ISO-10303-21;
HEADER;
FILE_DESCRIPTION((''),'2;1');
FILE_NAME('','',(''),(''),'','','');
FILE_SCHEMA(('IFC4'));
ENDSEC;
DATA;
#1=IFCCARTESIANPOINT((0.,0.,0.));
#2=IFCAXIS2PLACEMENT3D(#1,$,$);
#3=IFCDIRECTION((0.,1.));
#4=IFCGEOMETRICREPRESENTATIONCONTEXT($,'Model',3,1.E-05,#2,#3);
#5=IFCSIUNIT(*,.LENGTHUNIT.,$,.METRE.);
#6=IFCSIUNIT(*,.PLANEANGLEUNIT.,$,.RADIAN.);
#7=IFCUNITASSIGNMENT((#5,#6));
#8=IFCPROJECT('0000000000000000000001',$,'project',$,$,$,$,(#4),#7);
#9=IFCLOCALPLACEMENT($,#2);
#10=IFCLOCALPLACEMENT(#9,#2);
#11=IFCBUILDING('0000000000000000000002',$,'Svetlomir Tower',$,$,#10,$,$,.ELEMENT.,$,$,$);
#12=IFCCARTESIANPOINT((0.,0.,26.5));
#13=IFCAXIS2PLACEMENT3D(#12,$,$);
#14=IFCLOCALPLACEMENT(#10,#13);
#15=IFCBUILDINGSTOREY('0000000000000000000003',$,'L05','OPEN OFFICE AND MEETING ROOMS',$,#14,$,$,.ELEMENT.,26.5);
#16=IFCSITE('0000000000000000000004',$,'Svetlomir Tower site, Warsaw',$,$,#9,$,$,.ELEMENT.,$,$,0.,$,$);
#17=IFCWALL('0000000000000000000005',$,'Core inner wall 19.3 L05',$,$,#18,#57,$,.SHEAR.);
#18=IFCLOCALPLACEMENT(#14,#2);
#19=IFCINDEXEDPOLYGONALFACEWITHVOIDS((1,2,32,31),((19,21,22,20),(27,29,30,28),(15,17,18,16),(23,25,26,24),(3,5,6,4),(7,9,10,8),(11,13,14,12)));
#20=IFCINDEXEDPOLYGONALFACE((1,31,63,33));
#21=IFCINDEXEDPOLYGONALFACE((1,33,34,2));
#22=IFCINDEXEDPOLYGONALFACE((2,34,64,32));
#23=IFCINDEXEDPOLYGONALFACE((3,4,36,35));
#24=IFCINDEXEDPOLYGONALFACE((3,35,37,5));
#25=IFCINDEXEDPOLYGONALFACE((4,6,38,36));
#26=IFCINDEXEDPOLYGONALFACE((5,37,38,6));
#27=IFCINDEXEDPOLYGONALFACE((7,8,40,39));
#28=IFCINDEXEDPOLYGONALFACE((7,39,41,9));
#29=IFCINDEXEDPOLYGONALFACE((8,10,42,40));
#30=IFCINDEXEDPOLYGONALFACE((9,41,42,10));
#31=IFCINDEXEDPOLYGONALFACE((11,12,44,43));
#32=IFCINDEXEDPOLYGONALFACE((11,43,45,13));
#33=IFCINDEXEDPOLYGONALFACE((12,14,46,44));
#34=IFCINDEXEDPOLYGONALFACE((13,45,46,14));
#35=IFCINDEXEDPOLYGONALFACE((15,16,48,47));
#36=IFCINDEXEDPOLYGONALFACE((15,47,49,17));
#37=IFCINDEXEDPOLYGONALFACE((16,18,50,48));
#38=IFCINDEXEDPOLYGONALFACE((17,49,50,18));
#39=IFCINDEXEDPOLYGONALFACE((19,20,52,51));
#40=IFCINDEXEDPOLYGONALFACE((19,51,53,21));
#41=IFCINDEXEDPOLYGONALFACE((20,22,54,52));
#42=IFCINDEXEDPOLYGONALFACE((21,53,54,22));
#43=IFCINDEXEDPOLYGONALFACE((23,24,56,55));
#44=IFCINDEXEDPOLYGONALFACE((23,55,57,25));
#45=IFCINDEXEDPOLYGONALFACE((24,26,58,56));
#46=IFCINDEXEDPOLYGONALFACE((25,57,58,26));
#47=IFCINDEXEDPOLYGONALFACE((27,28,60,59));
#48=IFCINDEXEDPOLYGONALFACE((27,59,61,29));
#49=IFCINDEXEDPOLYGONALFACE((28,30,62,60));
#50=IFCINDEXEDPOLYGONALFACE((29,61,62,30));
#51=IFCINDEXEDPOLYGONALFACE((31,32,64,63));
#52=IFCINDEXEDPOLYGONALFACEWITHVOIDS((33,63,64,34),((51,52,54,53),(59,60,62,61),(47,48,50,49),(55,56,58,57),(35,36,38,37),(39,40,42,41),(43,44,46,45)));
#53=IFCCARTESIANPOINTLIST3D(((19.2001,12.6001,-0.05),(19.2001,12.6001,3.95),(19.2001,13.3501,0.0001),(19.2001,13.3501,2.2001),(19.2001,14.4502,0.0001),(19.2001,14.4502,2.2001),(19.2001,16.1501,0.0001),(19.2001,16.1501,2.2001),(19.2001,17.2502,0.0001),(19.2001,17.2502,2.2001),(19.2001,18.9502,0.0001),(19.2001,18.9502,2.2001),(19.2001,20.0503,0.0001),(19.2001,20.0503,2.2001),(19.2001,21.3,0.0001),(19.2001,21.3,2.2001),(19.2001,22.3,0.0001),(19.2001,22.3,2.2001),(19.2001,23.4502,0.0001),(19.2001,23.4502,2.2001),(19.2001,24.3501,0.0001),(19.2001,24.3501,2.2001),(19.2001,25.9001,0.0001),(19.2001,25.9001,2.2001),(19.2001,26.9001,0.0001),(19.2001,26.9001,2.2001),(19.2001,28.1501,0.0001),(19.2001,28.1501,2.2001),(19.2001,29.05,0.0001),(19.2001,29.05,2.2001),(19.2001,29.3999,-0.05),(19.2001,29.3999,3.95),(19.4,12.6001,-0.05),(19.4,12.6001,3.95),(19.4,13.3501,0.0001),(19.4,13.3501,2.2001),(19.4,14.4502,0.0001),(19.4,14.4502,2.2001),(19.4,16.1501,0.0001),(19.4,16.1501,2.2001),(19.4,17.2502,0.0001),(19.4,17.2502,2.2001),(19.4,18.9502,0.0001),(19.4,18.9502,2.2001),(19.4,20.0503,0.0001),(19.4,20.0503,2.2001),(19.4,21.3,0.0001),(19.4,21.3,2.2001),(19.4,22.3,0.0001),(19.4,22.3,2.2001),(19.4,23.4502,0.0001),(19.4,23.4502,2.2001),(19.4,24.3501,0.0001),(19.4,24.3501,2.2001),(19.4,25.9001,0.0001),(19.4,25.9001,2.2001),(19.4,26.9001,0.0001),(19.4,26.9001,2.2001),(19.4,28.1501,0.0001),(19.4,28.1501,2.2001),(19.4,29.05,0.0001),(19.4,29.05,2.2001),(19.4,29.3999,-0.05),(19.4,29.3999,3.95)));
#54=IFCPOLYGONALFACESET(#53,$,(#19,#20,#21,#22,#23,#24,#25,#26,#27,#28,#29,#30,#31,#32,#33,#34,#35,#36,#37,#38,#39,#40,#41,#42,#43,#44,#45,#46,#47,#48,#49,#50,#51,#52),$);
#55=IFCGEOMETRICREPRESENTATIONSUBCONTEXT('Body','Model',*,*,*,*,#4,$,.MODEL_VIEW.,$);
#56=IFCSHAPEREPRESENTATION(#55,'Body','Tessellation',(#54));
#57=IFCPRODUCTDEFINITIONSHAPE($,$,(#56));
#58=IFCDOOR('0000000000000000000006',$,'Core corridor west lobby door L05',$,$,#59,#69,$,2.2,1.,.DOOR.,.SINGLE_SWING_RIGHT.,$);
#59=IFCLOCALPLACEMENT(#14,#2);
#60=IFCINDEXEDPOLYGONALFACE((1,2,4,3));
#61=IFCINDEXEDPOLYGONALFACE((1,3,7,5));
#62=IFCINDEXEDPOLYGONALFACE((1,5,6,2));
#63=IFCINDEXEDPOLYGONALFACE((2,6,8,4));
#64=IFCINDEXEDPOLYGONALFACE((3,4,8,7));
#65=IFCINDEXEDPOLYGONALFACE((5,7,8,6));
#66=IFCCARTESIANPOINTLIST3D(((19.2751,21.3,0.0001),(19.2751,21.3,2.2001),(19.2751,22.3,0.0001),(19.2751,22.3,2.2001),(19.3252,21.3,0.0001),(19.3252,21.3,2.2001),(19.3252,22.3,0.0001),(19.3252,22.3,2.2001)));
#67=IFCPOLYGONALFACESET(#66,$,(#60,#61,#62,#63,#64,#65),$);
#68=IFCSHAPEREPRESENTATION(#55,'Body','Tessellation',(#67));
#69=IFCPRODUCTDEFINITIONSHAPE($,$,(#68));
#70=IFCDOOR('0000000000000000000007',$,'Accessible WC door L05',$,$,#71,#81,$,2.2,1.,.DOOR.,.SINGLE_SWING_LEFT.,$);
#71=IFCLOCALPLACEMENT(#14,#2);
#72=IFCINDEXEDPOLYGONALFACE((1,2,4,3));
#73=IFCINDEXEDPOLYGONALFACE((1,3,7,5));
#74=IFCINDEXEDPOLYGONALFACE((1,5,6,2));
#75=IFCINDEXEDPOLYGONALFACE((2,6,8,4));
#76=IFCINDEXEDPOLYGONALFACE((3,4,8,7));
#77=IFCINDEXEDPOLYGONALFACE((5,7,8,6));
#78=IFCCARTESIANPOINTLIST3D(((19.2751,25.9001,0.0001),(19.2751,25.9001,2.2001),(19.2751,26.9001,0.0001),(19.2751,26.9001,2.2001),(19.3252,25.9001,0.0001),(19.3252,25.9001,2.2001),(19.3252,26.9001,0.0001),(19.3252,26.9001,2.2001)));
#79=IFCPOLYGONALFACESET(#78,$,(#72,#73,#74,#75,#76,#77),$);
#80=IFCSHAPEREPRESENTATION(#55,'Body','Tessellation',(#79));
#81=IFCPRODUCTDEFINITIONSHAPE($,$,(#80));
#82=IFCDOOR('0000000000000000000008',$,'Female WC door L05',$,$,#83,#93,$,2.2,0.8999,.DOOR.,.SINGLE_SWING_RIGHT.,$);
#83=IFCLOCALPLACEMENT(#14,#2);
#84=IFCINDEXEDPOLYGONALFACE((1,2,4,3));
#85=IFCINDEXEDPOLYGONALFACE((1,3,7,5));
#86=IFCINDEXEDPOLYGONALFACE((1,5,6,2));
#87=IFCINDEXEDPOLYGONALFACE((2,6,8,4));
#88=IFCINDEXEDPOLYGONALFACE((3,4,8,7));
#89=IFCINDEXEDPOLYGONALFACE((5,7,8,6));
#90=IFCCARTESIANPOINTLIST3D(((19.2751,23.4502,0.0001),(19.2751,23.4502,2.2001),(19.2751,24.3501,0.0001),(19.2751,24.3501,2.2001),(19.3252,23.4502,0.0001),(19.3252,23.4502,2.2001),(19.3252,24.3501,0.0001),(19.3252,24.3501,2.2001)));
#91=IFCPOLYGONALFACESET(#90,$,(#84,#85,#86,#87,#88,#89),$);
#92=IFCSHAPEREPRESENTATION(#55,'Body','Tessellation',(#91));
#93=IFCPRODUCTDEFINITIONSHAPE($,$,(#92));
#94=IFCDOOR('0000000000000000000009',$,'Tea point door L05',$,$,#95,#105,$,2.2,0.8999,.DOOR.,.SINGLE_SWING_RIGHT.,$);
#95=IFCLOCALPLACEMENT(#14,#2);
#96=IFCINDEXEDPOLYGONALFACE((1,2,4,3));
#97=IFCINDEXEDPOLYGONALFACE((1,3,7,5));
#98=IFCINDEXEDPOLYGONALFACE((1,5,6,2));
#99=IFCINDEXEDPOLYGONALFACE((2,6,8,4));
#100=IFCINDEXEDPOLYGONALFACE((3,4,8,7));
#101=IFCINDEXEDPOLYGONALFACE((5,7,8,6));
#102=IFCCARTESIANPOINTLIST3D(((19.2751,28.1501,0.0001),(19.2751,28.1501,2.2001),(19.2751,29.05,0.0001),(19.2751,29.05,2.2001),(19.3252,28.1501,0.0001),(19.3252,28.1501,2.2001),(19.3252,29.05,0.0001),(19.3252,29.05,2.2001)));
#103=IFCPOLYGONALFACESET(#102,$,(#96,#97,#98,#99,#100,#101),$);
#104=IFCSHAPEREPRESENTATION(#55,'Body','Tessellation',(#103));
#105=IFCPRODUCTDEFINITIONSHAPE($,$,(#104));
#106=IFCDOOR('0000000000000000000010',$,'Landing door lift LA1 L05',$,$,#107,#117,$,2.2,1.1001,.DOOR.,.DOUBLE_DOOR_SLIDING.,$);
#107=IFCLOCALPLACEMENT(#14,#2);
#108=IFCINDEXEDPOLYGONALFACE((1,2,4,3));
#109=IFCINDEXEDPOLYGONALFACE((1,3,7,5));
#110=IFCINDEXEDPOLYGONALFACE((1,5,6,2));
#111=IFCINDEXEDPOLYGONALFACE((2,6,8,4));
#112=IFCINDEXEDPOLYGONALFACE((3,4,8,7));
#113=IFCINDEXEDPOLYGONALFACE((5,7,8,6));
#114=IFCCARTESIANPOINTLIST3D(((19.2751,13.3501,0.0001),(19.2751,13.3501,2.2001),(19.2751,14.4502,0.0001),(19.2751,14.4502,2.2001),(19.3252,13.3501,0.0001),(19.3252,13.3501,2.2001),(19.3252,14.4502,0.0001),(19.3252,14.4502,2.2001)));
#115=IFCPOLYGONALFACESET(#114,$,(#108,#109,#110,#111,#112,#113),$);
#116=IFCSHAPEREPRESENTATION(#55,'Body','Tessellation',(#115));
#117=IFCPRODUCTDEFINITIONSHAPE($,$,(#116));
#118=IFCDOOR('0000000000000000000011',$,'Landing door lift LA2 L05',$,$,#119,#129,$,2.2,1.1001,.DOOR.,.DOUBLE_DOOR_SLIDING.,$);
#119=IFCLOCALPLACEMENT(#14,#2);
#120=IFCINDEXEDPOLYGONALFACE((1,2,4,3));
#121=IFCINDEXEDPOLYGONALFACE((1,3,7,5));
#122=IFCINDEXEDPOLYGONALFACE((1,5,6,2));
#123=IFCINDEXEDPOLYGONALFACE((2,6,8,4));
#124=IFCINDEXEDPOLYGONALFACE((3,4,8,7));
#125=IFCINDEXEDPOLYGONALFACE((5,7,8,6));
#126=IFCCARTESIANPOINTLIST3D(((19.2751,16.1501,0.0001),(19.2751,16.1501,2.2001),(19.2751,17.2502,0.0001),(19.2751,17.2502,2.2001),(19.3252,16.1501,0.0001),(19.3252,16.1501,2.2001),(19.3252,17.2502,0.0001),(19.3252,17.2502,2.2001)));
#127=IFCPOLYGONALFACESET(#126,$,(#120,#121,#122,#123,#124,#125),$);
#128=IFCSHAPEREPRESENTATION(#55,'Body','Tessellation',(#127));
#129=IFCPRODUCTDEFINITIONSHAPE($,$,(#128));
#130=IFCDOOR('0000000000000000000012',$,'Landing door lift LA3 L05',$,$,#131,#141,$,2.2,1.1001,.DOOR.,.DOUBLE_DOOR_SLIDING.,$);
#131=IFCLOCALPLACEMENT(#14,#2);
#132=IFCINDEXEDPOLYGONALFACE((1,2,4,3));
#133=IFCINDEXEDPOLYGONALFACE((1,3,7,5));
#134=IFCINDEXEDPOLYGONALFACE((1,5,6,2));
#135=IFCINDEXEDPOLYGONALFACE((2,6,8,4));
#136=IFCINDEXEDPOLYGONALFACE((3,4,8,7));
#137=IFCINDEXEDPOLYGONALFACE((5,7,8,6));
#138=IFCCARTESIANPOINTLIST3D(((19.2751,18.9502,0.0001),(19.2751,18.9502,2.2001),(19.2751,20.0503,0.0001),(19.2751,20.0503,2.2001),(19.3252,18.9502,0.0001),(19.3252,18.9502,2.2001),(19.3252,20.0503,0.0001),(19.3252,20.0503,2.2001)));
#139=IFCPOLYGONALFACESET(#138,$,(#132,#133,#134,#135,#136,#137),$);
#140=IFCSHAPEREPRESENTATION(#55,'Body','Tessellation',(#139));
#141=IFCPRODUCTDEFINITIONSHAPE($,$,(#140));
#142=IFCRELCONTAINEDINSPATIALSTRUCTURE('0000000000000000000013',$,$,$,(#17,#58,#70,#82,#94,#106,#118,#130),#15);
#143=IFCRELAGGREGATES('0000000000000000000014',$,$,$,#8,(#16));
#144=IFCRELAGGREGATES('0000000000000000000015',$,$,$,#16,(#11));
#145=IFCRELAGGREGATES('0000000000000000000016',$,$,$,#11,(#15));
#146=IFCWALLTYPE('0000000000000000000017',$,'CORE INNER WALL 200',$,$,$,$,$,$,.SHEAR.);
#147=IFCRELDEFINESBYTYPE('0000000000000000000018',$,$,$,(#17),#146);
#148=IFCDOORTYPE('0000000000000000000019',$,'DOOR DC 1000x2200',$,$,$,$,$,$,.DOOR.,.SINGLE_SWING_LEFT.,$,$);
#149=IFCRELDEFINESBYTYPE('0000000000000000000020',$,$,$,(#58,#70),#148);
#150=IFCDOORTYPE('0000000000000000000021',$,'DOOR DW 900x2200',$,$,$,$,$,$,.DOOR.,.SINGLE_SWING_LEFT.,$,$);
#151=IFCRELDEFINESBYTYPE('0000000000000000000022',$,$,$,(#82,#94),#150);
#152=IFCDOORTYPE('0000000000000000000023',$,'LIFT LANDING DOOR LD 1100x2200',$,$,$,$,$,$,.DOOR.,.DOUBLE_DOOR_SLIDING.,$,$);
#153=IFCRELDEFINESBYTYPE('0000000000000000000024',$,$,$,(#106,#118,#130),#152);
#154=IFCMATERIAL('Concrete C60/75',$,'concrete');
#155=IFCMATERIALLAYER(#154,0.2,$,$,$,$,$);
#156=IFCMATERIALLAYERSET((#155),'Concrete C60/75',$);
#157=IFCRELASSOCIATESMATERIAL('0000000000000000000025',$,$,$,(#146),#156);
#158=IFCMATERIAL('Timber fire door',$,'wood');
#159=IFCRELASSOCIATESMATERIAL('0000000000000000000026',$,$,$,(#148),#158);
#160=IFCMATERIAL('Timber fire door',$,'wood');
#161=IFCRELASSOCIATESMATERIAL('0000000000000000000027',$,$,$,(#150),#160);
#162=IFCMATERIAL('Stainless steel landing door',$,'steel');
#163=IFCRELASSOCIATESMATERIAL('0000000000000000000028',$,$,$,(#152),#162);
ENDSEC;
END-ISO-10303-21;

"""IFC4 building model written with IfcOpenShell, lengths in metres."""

from ifc_helpers import new_model, si_unit, direction, frame, frame_2d, origin, place, context, subcontext, project, spatial, rectangle, extrude, material, layer, layer_set, type_object, element, fill, save


model = new_model("IFC4")

# Units and contexts
model_context = context("Model", 3, precision=1e-05, world=origin(), true_north=direction((0.0, 1.0)))
body_context = subcontext(model_context, "Body", "Model", "MODEL_VIEW")
ifc_project = project(units=[si_unit("LENGTHUNIT", "METRE"), si_unit("PLANEANGLEUNIT", "RADIAN")], contexts=[model_context])

# Site, building, storey
site_placement = place(None, origin())
site = spatial("IfcSite", under=ifc_project, at=site_placement, Name="Svetlomir Tower site, Warsaw", CompositionType="ELEMENT", RefElevation=0.0)
building_placement = place(site_placement, origin())
building = spatial("IfcBuilding", under=site, at=building_placement, Name="Svetlomir Tower", CompositionType="ELEMENT")
storey_placement = place(building_placement, frame((0.0, 0.0, 26.5)))
storey = spatial("IfcBuildingStorey", under=building, at=storey_placement, Name="L05", Description="OPEN OFFICE AND MEETING ROOMS", CompositionType="ELEMENT", Elevation=26.5)

# Shared definitions
ifc_material_1 = material(Name="Concrete C60/75", Category="concrete")
ifc_layer_1 = layer(ifc_material_1, 0.2)
ifc_layer_set_1 = layer_set([ifc_layer_1], Name="Concrete C60/75")
wall_type_1 = type_object("IfcWallType", Name="CORE INNER WALL 200", PredefinedType="SHEAR", material=ifc_layer_set_1)

# Wall, openings, doors
wall_1_placement = place(storey_placement, frame((19.3, 12.6001, -0.05), z_axis=(0.0, 0.0, 1.0), x_axis=(0.0, 1.0, 0.0)))
wall_1 = element("IfcWall", 1, at=wall_1_placement, inside=storey, type_object=wall_type_1, Name="Core inner wall 19.3 L05", PredefinedType="SHEAR", context=body_context, shape_type="SweptSolid", body=[
    extrude(rectangle(XDim=16.7998, YDim=0.2, at=frame_2d((8.3999, 0.0))), origin(), (0.0, 0.0, 1.0), 4.0),
])
opening_1_placement = place(wall_1_placement, frame((8.7, 0.0, 0.05)))
opening_1 = element("IfcOpeningElement", 2, at=opening_1_placement, cuts=wall_1, PredefinedType="OPENING", context=body_context, shape_type="SweptSolid", body=[
    extrude(rectangle(XDim=1.0, YDim=2.2, at=frame_2d((0.5, 1.1001))), frame((0.0, 0.1099, 0.0), z_axis=(0.0, -1.0, 0.0), x_axis=(1.0, 0.0, 0.0)), (0.0, 0.0, 1.0), 0.22),
])
opening_2_placement = place(wall_1_placement, frame((10.8501, 0.0, 0.05)))
opening_2 = element("IfcOpeningElement", 3, at=opening_2_placement, cuts=wall_1, PredefinedType="OPENING", context=body_context, shape_type="SweptSolid", body=[
    extrude(rectangle(XDim=0.8999, YDim=2.2, at=frame_2d((0.45, 1.1001))), frame((0.0, 0.1099, 0.0), z_axis=(0.0, -1.0, 0.0), x_axis=(1.0, 0.0, 0.0)), (0.0, 0.0, 1.0), 0.22),
])
opening_3_placement = place(wall_1_placement, frame((13.3, 0.0, 0.05)))
opening_3 = element("IfcOpeningElement", 4, at=opening_3_placement, cuts=wall_1, PredefinedType="OPENING", context=body_context, shape_type="SweptSolid", body=[
    extrude(rectangle(XDim=1.0, YDim=2.2, at=frame_2d((0.5, 1.1001))), frame((0.0, 0.1099, 0.0), z_axis=(0.0, -1.0, 0.0), x_axis=(1.0, 0.0, 0.0)), (0.0, 0.0, 1.0), 0.22),
])
opening_4_placement = place(wall_1_placement, frame((15.55, 0.0, 0.05)))
opening_4 = element("IfcOpeningElement", 5, at=opening_4_placement, cuts=wall_1, PredefinedType="OPENING", context=body_context, shape_type="SweptSolid", body=[
    extrude(rectangle(XDim=0.8999, YDim=2.2, at=frame_2d((0.45, 1.1001))), frame((0.0, 0.1099, 0.0), z_axis=(0.0, -1.0, 0.0), x_axis=(1.0, 0.0, 0.0)), (0.0, 0.0, 1.0), 0.22),
])
opening_5_placement = place(wall_1_placement, frame((0.75, 0.0, 0.05)))
opening_5 = element("IfcOpeningElement", 6, at=opening_5_placement, cuts=wall_1, PredefinedType="OPENING", context=body_context, shape_type="SweptSolid", body=[
    extrude(rectangle(XDim=1.1001, YDim=2.2, at=frame_2d((0.55, 1.1001))), frame((0.0, 0.1099, 0.0), z_axis=(0.0, -1.0, 0.0), x_axis=(1.0, 0.0, 0.0)), (0.0, 0.0, 1.0), 0.22),
])
opening_6_placement = place(wall_1_placement, frame((3.55, 0.0, 0.05)))
opening_6 = element("IfcOpeningElement", 7, at=opening_6_placement, cuts=wall_1, PredefinedType="OPENING", context=body_context, shape_type="SweptSolid", body=[
    extrude(rectangle(XDim=1.1001, YDim=2.2, at=frame_2d((0.55, 1.1001))), frame((0.0, 0.1099, 0.0), z_axis=(0.0, -1.0, 0.0), x_axis=(1.0, 0.0, 0.0)), (0.0, 0.0, 1.0), 0.22),
])
opening_7_placement = place(wall_1_placement, frame((6.3501, 0.0, 0.05)))
opening_7 = element("IfcOpeningElement", 8, at=opening_7_placement, cuts=wall_1, PredefinedType="OPENING", context=body_context, shape_type="SweptSolid", body=[
    extrude(rectangle(XDim=1.1001, YDim=2.2, at=frame_2d((0.55, 1.1001))), frame((0.0, 0.1099, 0.0), z_axis=(0.0, -1.0, 0.0), x_axis=(1.0, 0.0, 0.0)), (0.0, 0.0, 1.0), 0.22),
])
ifc_material_2 = material(Name="Timber fire door", Category="wood")
door_type_1 = type_object("IfcDoorType", Name="DOOR DC 1000x2200", OperationType="SINGLE_SWING_LEFT", PredefinedType="DOOR", material=ifc_material_2)
door_1_placement = place(opening_1_placement, origin())
door_1 = element("IfcDoor", 9, at=door_1_placement, inside=storey, type_object=door_type_1, Name="Core corridor west lobby door L05", OperationType="SINGLE_SWING_RIGHT", OverallHeight=2.2, OverallWidth=1.0, PredefinedType="DOOR", context=body_context, shape_type="SweptSolid", body=[
    extrude(rectangle(XDim=1.0, YDim=2.2, at=frame_2d((0.5, 1.1001))), frame((0.0, 0.0249, 0.0), z_axis=(0.0, -1.0, 0.0), x_axis=(1.0, 0.0, 0.0)), (0.0, 0.0, 1.0), 0.05),
])
fill(opening_1, door_1)
door_2_placement = place(opening_3_placement, origin())
door_2 = element("IfcDoor", 10, at=door_2_placement, inside=storey, type_object=door_type_1, Name="Accessible WC door L05", OperationType="SINGLE_SWING_LEFT", OverallHeight=2.2, OverallWidth=1.0, PredefinedType="DOOR", context=body_context, shape_type="SweptSolid", body=[
    extrude(rectangle(XDim=1.0, YDim=2.2, at=frame_2d((0.5, 1.1001))), frame((0.0, 0.0249, 0.0), z_axis=(0.0, -1.0, 0.0), x_axis=(1.0, 0.0, 0.0)), (0.0, 0.0, 1.0), 0.05),
])
fill(opening_3, door_2)
ifc_material_3 = material(Name="Timber fire door", Category="wood")
door_type_2 = type_object("IfcDoorType", Name="DOOR DW 900x2200", OperationType="SINGLE_SWING_LEFT", PredefinedType="DOOR", material=ifc_material_3)
door_3_placement = place(opening_2_placement, origin())
door_3 = element("IfcDoor", 11, at=door_3_placement, inside=storey, type_object=door_type_2, Name="Female WC door L05", OperationType="SINGLE_SWING_RIGHT", OverallHeight=2.2, OverallWidth=0.8999, PredefinedType="DOOR", context=body_context, shape_type="SweptSolid", body=[
    extrude(rectangle(XDim=0.8999, YDim=2.2, at=frame_2d((0.45, 1.1001))), frame((0.0, 0.0249, 0.0), z_axis=(0.0, -1.0, 0.0), x_axis=(1.0, 0.0, 0.0)), (0.0, 0.0, 1.0), 0.05),
])
fill(opening_2, door_3)
door_4_placement = place(opening_4_placement, origin())
door_4 = element("IfcDoor", 12, at=door_4_placement, inside=storey, type_object=door_type_2, Name="Tea point door L05", OperationType="SINGLE_SWING_RIGHT", OverallHeight=2.2, OverallWidth=0.8999, PredefinedType="DOOR", context=body_context, shape_type="SweptSolid", body=[
    extrude(rectangle(XDim=0.8999, YDim=2.2, at=frame_2d((0.45, 1.1001))), frame((0.0, 0.0249, 0.0), z_axis=(0.0, -1.0, 0.0), x_axis=(1.0, 0.0, 0.0)), (0.0, 0.0, 1.0), 0.05),
])
fill(opening_4, door_4)
ifc_material_4 = material(Name="Stainless steel landing door", Category="steel")
door_type_3 = type_object("IfcDoorType", Name="LIFT LANDING DOOR LD 1100x2200", OperationType="DOUBLE_DOOR_SLIDING", PredefinedType="DOOR", material=ifc_material_4)
door_5_placement = place(opening_5_placement, origin())
door_5 = element("IfcDoor", 13, at=door_5_placement, inside=storey, type_object=door_type_3, Name="Landing door lift LA1 L05", OperationType="DOUBLE_DOOR_SLIDING", OverallHeight=2.2, OverallWidth=1.1001, PredefinedType="DOOR", context=body_context, shape_type="SweptSolid", body=[
    extrude(rectangle(XDim=1.1001, YDim=2.2, at=frame_2d((0.55, 1.1001))), frame((0.0, 0.0249, 0.0), z_axis=(0.0, -1.0, 0.0), x_axis=(1.0, 0.0, 0.0)), (0.0, 0.0, 1.0), 0.05),
])
fill(opening_5, door_5)
door_6_placement = place(opening_6_placement, origin())
door_6 = element("IfcDoor", 14, at=door_6_placement, inside=storey, type_object=door_type_3, Name="Landing door lift LA2 L05", OperationType="DOUBLE_DOOR_SLIDING", OverallHeight=2.2, OverallWidth=1.1001, PredefinedType="DOOR", context=body_context, shape_type="SweptSolid", body=[
    extrude(rectangle(XDim=1.1001, YDim=2.2, at=frame_2d((0.55, 1.1001))), frame((0.0, 0.0249, 0.0), z_axis=(0.0, -1.0, 0.0), x_axis=(1.0, 0.0, 0.0)), (0.0, 0.0, 1.0), 0.05),
])
fill(opening_6, door_6)
door_7_placement = place(opening_7_placement, origin())
door_7 = element("IfcDoor", 15, at=door_7_placement, inside=storey, type_object=door_type_3, Name="Landing door lift LA3 L05", OperationType="DOUBLE_DOOR_SLIDING", OverallHeight=2.2, OverallWidth=1.1001, PredefinedType="DOOR", context=body_context, shape_type="SweptSolid", body=[
    extrude(rectangle(XDim=1.1001, YDim=2.2, at=frame_2d((0.55, 1.1001))), frame((0.0, 0.0249, 0.0), z_axis=(0.0, -1.0, 0.0), x_axis=(1.0, 0.0, 0.0)), (0.0, 0.0, 1.0), 0.05),
])
fill(opening_7, door_7)

save(model, "model.ifc")
